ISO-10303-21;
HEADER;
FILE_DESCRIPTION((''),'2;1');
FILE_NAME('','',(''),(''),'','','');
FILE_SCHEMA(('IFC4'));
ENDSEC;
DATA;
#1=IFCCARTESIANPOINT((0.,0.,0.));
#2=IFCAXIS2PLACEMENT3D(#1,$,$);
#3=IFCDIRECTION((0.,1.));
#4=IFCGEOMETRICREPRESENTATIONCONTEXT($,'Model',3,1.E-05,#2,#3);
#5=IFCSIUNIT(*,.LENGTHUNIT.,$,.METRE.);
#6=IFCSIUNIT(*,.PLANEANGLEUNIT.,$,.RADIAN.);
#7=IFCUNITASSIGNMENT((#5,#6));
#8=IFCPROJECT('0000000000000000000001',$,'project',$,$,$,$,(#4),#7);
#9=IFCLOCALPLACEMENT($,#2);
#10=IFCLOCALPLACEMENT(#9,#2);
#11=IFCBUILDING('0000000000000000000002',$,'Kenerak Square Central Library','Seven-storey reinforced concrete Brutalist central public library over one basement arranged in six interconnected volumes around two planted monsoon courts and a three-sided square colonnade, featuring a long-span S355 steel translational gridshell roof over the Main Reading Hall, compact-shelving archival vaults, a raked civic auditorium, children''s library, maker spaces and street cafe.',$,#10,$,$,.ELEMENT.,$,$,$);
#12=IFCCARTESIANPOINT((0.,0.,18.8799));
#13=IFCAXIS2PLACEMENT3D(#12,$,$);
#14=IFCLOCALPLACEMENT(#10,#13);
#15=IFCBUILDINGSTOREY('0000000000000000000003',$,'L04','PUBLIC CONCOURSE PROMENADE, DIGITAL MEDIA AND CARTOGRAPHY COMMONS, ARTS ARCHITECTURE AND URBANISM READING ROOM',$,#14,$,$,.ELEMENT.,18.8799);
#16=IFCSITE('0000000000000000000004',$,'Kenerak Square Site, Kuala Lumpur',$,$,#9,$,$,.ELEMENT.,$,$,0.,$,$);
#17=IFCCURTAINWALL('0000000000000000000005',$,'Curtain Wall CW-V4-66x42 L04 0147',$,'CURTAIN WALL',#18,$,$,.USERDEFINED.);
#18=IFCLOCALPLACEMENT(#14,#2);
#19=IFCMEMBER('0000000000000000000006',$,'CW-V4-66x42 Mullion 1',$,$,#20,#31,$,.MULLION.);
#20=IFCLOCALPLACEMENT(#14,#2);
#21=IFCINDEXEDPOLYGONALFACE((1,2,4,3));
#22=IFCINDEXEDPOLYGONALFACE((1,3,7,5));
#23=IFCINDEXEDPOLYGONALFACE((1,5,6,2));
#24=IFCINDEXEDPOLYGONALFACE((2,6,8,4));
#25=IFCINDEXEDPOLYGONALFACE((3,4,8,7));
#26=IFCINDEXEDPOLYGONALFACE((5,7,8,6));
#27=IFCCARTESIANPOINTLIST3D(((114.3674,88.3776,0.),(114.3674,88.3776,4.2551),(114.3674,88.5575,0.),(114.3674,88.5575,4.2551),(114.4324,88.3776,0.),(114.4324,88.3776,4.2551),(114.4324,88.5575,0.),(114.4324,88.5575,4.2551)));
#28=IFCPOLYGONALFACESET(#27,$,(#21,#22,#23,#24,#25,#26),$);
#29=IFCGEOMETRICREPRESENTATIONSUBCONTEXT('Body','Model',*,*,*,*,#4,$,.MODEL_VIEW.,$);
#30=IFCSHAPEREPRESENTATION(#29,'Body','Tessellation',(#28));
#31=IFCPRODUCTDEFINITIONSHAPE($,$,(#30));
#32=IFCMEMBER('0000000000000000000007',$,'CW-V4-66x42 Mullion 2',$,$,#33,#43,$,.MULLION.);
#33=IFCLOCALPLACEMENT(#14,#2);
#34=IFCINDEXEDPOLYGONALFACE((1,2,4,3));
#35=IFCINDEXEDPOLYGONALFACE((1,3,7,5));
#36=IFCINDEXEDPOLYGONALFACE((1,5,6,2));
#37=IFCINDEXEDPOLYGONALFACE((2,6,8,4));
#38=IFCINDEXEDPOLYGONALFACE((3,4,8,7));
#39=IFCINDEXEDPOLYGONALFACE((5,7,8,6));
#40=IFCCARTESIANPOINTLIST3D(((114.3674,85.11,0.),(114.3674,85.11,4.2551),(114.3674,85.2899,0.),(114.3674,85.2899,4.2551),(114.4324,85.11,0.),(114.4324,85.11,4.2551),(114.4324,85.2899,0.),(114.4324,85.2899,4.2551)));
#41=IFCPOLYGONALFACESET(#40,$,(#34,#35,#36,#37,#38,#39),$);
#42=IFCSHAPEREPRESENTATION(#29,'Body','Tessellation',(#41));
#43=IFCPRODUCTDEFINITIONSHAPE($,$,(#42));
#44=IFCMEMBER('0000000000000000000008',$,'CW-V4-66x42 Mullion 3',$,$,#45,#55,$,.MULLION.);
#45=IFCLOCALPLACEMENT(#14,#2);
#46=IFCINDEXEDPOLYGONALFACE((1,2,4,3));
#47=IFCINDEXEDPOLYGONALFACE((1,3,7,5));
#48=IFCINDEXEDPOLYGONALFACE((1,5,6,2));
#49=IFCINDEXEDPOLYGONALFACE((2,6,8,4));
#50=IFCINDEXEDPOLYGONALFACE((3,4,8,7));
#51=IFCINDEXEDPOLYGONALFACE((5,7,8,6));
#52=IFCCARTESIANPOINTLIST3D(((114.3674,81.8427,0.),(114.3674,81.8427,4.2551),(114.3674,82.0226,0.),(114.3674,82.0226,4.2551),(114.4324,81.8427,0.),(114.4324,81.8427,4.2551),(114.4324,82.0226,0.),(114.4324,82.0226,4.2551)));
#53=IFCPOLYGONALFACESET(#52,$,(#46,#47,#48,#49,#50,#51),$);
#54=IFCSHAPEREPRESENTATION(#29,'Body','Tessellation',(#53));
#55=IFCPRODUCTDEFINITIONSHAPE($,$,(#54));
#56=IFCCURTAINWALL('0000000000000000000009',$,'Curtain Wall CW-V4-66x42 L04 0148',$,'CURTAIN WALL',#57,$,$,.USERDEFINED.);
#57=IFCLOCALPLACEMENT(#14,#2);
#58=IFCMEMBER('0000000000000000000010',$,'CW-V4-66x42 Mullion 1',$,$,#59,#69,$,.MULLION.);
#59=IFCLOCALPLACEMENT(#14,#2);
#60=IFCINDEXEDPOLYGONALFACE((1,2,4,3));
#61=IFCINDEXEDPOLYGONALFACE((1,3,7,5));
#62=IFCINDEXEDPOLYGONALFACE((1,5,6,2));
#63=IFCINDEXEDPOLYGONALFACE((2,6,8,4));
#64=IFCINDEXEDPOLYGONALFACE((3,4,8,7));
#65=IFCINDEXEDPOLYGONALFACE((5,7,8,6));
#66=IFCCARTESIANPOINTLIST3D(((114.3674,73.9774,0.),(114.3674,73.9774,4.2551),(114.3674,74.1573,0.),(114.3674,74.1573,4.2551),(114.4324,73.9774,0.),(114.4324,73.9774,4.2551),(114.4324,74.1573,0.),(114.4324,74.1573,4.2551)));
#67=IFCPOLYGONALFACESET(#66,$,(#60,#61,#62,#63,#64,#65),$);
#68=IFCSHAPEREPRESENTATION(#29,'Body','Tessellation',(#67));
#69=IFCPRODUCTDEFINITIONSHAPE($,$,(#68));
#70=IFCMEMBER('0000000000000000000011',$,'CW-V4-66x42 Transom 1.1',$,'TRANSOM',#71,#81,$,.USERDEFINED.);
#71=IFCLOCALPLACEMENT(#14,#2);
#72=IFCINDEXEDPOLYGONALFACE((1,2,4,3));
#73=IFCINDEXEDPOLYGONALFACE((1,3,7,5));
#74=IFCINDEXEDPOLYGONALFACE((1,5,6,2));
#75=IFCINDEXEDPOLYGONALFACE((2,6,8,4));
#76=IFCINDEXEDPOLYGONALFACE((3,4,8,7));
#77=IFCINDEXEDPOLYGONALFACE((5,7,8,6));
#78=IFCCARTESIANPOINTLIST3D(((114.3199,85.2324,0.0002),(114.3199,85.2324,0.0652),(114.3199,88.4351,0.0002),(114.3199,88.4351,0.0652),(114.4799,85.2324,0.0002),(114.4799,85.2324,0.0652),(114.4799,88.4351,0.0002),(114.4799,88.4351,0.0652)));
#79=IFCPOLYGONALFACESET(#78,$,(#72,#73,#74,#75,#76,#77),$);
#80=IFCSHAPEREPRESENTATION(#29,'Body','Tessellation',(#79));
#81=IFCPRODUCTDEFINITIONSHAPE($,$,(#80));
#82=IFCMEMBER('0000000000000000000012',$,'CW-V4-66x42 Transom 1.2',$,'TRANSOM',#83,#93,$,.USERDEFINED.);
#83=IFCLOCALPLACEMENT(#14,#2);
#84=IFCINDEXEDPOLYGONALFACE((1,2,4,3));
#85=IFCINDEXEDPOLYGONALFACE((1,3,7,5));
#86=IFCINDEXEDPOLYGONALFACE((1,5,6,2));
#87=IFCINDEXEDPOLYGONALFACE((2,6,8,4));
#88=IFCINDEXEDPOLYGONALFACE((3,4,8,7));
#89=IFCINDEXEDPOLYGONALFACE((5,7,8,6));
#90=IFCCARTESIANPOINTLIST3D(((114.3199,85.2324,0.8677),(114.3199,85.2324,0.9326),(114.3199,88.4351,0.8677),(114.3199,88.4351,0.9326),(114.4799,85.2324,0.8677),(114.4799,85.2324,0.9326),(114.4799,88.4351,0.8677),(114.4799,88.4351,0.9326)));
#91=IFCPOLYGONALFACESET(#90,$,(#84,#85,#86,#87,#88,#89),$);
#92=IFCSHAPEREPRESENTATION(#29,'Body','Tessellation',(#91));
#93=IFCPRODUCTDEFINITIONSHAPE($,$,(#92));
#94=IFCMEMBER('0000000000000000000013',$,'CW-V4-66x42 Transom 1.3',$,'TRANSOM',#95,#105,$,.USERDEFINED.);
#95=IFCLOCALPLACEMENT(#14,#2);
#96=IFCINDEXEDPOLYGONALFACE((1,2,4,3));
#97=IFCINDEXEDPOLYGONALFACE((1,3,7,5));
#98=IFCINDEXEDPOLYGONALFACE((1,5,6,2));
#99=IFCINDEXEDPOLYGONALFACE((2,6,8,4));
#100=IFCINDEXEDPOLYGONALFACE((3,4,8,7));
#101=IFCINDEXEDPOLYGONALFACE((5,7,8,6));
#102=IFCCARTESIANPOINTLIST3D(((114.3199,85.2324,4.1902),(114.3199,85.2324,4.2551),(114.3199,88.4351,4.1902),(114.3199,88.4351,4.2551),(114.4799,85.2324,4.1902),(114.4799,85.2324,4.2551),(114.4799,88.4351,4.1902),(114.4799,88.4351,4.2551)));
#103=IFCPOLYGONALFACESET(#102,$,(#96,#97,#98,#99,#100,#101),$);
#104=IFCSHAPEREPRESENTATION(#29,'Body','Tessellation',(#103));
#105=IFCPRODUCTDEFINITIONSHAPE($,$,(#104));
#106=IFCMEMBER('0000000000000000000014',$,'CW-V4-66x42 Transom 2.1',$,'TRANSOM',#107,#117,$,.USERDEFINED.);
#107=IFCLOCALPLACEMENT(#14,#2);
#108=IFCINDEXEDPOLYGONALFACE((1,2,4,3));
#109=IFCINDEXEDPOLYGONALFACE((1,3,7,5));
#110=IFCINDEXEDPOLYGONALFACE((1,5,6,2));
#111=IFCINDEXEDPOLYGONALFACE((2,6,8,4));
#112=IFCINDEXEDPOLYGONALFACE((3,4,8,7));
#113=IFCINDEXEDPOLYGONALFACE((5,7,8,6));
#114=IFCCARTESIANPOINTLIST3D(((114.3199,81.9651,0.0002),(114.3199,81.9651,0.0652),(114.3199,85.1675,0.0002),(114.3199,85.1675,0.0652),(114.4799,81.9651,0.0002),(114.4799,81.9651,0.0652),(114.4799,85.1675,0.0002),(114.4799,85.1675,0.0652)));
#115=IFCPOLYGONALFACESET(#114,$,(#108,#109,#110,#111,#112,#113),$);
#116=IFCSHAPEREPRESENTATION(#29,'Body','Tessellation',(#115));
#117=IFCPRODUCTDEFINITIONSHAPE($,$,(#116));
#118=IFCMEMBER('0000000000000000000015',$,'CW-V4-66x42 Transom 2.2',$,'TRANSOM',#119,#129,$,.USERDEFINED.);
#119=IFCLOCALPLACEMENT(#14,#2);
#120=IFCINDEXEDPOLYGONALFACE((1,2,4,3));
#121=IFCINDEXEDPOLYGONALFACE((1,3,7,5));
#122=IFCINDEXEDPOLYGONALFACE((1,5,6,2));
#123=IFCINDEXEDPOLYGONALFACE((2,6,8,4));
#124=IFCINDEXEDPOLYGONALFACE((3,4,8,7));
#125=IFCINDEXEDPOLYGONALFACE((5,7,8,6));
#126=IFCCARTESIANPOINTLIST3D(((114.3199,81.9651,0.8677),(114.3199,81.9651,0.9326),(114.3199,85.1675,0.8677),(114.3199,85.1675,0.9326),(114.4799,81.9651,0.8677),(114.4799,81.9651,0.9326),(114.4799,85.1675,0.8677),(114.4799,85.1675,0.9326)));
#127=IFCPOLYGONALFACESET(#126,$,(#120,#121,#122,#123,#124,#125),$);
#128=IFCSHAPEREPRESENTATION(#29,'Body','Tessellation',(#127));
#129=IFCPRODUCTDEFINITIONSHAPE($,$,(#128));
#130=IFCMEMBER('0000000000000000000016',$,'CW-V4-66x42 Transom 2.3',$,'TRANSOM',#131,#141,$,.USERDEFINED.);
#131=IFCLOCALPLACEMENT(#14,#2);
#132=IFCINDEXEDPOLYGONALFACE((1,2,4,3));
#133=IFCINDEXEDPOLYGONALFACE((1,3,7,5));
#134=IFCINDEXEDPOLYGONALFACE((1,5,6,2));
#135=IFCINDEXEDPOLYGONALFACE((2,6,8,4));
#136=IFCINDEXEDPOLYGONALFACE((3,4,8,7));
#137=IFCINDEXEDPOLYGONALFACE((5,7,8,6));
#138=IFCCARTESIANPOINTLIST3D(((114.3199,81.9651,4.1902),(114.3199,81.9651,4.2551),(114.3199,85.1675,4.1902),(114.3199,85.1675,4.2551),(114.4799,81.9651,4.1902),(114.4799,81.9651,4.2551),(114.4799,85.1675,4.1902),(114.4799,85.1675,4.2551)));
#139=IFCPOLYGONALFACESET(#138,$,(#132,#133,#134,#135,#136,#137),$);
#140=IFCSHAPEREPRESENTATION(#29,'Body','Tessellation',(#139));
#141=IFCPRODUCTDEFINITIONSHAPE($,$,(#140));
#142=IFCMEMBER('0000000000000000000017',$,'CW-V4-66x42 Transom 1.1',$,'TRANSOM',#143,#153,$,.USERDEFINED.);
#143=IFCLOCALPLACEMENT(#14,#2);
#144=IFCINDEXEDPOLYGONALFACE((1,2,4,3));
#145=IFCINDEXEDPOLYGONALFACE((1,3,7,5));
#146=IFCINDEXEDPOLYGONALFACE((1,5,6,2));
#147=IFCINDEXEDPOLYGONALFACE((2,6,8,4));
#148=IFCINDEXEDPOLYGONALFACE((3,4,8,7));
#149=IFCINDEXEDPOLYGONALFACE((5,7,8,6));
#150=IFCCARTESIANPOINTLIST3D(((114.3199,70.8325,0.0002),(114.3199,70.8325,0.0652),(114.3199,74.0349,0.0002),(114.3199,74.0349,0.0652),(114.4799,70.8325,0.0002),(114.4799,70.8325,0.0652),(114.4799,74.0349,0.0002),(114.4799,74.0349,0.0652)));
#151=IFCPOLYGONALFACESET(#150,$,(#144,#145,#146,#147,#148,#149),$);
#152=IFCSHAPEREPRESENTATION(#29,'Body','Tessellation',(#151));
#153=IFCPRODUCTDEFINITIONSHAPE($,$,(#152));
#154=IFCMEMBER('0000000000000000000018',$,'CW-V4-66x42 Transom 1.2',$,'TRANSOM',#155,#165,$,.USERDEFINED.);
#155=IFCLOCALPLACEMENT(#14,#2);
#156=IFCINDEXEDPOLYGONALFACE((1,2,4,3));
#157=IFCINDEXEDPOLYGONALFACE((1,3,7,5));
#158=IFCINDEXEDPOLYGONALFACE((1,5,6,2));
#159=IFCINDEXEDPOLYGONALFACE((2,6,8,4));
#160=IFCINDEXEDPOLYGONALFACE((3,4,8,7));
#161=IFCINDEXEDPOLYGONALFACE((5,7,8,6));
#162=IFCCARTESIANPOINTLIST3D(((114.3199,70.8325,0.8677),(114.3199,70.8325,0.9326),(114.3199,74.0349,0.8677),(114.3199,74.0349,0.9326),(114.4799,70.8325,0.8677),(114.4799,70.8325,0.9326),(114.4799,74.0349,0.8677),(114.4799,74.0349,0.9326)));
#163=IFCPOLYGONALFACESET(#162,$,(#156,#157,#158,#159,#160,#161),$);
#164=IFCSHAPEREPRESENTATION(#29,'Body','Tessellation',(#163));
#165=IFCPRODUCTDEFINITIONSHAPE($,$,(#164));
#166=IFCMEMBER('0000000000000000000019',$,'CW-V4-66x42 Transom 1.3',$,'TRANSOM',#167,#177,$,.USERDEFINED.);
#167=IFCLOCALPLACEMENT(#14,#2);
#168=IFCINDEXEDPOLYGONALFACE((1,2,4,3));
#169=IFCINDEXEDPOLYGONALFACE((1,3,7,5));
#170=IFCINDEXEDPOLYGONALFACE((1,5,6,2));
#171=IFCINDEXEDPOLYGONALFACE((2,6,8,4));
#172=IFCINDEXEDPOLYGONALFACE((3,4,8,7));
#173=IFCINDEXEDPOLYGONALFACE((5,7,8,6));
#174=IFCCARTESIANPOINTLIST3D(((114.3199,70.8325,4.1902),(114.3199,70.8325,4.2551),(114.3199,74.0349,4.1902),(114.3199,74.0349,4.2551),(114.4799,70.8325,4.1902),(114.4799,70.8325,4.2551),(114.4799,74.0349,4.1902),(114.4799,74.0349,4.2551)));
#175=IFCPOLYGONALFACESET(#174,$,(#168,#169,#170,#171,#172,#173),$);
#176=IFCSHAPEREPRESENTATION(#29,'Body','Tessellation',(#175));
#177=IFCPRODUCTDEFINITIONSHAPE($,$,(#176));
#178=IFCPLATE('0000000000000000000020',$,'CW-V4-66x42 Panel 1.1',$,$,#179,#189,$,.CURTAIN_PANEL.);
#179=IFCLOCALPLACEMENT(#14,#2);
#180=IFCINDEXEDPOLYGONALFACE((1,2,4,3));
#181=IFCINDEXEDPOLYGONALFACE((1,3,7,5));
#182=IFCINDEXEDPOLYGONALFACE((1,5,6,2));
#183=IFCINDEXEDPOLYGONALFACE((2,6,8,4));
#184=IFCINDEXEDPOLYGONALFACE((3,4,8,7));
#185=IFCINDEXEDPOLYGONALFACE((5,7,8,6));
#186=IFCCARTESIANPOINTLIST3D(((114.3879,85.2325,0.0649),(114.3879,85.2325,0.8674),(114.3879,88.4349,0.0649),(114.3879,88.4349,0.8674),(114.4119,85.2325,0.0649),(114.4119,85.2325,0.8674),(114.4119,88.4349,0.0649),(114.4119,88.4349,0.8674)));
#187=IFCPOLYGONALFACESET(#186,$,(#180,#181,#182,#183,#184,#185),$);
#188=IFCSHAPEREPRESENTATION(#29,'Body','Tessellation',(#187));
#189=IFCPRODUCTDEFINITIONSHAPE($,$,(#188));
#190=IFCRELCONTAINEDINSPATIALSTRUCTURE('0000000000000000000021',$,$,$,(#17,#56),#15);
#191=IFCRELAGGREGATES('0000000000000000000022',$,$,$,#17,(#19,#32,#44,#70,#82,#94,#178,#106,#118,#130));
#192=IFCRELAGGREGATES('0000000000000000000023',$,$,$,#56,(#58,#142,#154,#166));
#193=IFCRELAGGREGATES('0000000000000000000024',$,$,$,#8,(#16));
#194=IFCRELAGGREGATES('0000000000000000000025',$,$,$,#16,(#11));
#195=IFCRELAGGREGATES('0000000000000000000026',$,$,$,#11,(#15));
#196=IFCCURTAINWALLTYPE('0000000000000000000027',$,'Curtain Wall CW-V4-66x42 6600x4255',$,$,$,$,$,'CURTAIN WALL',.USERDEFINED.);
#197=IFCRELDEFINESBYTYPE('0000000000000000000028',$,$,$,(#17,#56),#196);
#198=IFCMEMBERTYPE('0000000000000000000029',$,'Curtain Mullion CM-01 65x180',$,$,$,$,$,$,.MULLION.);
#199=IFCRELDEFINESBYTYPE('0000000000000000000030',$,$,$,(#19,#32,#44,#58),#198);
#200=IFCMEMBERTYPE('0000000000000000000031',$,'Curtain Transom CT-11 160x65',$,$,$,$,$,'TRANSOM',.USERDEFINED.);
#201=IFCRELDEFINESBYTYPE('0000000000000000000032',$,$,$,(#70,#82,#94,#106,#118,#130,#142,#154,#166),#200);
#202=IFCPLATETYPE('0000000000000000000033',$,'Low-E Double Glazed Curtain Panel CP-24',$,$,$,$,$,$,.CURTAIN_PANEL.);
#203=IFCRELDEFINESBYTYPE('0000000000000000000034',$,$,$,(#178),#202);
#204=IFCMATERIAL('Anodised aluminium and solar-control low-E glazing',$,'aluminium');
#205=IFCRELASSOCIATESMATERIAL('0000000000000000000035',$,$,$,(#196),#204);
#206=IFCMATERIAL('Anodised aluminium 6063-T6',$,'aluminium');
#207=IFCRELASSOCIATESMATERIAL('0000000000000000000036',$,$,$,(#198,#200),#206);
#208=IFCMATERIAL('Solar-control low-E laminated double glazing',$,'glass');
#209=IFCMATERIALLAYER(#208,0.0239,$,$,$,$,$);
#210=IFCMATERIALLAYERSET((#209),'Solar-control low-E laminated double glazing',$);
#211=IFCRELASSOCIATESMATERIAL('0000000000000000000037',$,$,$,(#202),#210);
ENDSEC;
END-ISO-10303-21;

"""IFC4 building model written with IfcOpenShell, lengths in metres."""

from ifc_helpers import new_model, si_unit, direction, frame, origin, origin_2d, place, context, subcontext, project, spatial, rectangle, extrude, material, layer, layer_set, material_profile, profile_set, type_object, element, aggregate, save


model = new_model("IFC4")

# Units and contexts
model_context = context("Model", 3, precision=1e-05, world=origin(), true_north=direction((0.0, 1.0)))
body_context = subcontext(model_context, "Body", "Model", "MODEL_VIEW")
ifc_project = project(units=[si_unit("LENGTHUNIT", "METRE"), si_unit("PLANEANGLEUNIT", "RADIAN")], contexts=[model_context])

# Site, building, storey
site_placement = place(None, origin())
site = spatial("IfcSite", under=ifc_project, at=site_placement, Name="Kenerak Square Site, Kuala Lumpur", CompositionType="ELEMENT", RefElevation=0.0)
building_placement = place(site_placement, origin())
building = spatial("IfcBuilding", under=site, at=building_placement, Name="Kenerak Square Central Library", Description="Seven-storey reinforced concrete Brutalist central public library over one basement arranged in six interconnected volumes around two planted monsoon courts and a three-sided square colonnade, featuring a long-span S355 steel translational gridshell roof over the Main Reading Hall, compact-shelving archival vaults, a raked civic auditorium, children's library, maker spaces and street cafe.", CompositionType="ELEMENT")
storey_placement = place(building_placement, frame((0.0, 0.0, 18.8799)))
storey = spatial("IfcBuildingStorey", under=building, at=storey_placement, Name="L04", Description="PUBLIC CONCOURSE PROMENADE, DIGITAL MEDIA AND CARTOGRAPHY COMMONS, ARTS ARCHITECTURE AND URBANISM READING ROOM", CompositionType="ELEMENT", Elevation=18.8799)

# Curtain wall, members
ifc_material_1 = material(Name="Anodised aluminium and solar-control low-E glazing", Category="aluminium")
curtain_wall_type = type_object("IfcCurtainWallType", Name="Curtain Wall CW-V4-66x42 6600x4255", ElementType="CURTAIN WALL", PredefinedType="USERDEFINED", material=ifc_material_1)
curtain_wall_1_placement = place(storey_placement, origin())
curtain_wall_1 = element("IfcCurtainWall", 1, at=curtain_wall_1_placement, inside=storey, type_object=curtain_wall_type, Name="Curtain Wall CW-V4-66x42 L04 0147", ObjectType="CURTAIN WALL", PredefinedType="USERDEFINED")
ifc_material_2 = material(Name="Anodised aluminium 6063-T6", Category="aluminium")
ifc_material_profile_1 = material_profile(ifc_material_2, rectangle(XDim=0.0649, YDim=0.1799, at=origin_2d()), Name="AL MULLION 65x180")
ifc_profile_set_1 = profile_set([ifc_material_profile_1], Name="Anodised aluminium 6063-T6")
member_type_1 = type_object("IfcMemberType", Name="Curtain Mullion CM-01 65x180", PredefinedType="MULLION", material=ifc_profile_set_1)
member_1_placement = place(storey_placement, frame((114.3999, 88.4675, 0.0), z_axis=(0.0, 0.0, 1.0), x_axis=(1.0, 0.0, 0.0)))
member_1 = element("IfcMember", 2, at=member_1_placement, type_object=member_type_1, Name="CW-V4-66x42 Mullion 1", PredefinedType="MULLION", context=body_context, shape_type="SweptSolid", body=[
    extrude(rectangle(XDim=0.0649, YDim=0.1799, at=origin_2d()), origin(), (0.0, 0.0, 1.0), 4.2551),
])
member_2_placement = place(storey_placement, frame((114.3999, 85.2, 0.0), z_axis=(0.0, 0.0, 1.0), x_axis=(1.0, 0.0, 0.0)))
member_2 = element("IfcMember", 3, at=member_2_placement, type_object=member_type_1, Name="CW-V4-66x42 Mullion 2", PredefinedType="MULLION", context=body_context, shape_type="SweptSolid", body=[
    extrude(rectangle(XDim=0.0649, YDim=0.1799, at=origin_2d()), origin(), (0.0, 0.0, 1.0), 4.2551),
])
member_3_placement = place(storey_placement, frame((114.3999, 81.9326, 0.0), z_axis=(0.0, 0.0, 1.0), x_axis=(1.0, 0.0, 0.0)))
member_3 = element("IfcMember", 4, at=member_3_placement, type_object=member_type_1, Name="CW-V4-66x42 Mullion 3", PredefinedType="MULLION", context=body_context, shape_type="SweptSolid", body=[
    extrude(rectangle(XDim=0.0649, YDim=0.1799, at=origin_2d()), origin(), (0.0, 0.0, 1.0), 4.2551),
])

# Curtain wall, member
curtain_wall_2_placement = place(storey_placement, origin())
curtain_wall_2 = element("IfcCurtainWall", 5, at=curtain_wall_2_placement, inside=storey, type_object=curtain_wall_type, Name="Curtain Wall CW-V4-66x42 L04 0148", ObjectType="CURTAIN WALL", PredefinedType="USERDEFINED")
member_4_placement = place(storey_placement, frame((114.3999, 74.0674, 0.0), z_axis=(0.0, 0.0, 1.0), x_axis=(1.0, 0.0, 0.0)))
member_4 = element("IfcMember", 6, at=member_4_placement, type_object=member_type_1, Name="CW-V4-66x42 Mullion 1", PredefinedType="MULLION", context=body_context, shape_type="SweptSolid", body=[
    extrude(rectangle(XDim=0.0649, YDim=0.1799, at=origin_2d()), origin(), (0.0, 0.0, 1.0), 4.2551),
])

# Members
ifc_material_profile_2 = material_profile(ifc_material_2, rectangle(XDim=0.1599, YDim=0.0649, at=origin_2d()), Name="AL TRANSOM 160x65")
ifc_profile_set_2 = profile_set([ifc_material_profile_2], Name="Anodised aluminium 6063-T6")
member_type_2 = type_object("IfcMemberType", Name="Curtain Transom CT-11 160x65", ElementType="TRANSOM", PredefinedType="USERDEFINED", material=ifc_profile_set_2)
member_5_placement = place(storey_placement, frame((114.3999, 88.4351, 0.0327), z_axis=(0.0, -1.0, 0.0), x_axis=(1.0, 0.0, 0.0)))
member_5 = element("IfcMember", 7, at=member_5_placement, type_object=member_type_2, Name="CW-V4-66x42 Transom 1.1", ObjectType="TRANSOM", PredefinedType="USERDEFINED", context=body_context, shape_type="SweptSolid", body=[
    extrude(rectangle(XDim=0.1599, YDim=0.0649, at=origin_2d()), origin(), (0.0, 0.0, 1.0), 3.2026),
])
member_6_placement = place(storey_placement, frame((114.3999, 88.4351, 0.9001), z_axis=(0.0, -1.0, 0.0), x_axis=(1.0, 0.0, 0.0)))
member_6 = element("IfcMember", 8, at=member_6_placement, type_object=member_type_2, Name="CW-V4-66x42 Transom 1.2", ObjectType="TRANSOM", PredefinedType="USERDEFINED", context=body_context, shape_type="SweptSolid", body=[
    extrude(rectangle(XDim=0.1599, YDim=0.0649, at=origin_2d()), origin(), (0.0, 0.0, 1.0), 3.2026),
])
member_7_placement = place(storey_placement, frame((114.3999, 88.4351, 4.2227), z_axis=(0.0, -1.0, 0.0), x_axis=(1.0, 0.0, 0.0)))
member_7 = element("IfcMember", 9, at=member_7_placement, type_object=member_type_2, Name="CW-V4-66x42 Transom 1.3", ObjectType="TRANSOM", PredefinedType="USERDEFINED", context=body_context, shape_type="SweptSolid", body=[
    extrude(rectangle(XDim=0.1599, YDim=0.0649, at=origin_2d()), origin(), (0.0, 0.0, 1.0), 3.2026),
])
member_8_placement = place(storey_placement, frame((114.3999, 85.1675, 0.0327), z_axis=(0.0, -1.0, 0.0), x_axis=(1.0, 0.0, 0.0)))
member_8 = element("IfcMember", 10, at=member_8_placement, type_object=member_type_2, Name="CW-V4-66x42 Transom 2.1", ObjectType="TRANSOM", PredefinedType="USERDEFINED", context=body_context, shape_type="SweptSolid", body=[
    extrude(rectangle(XDim=0.1599, YDim=0.0649, at=origin_2d()), origin(), (0.0, 0.0, 1.0), 3.2024),
])
member_9_placement = place(storey_placement, frame((114.3999, 85.1675, 0.9001), z_axis=(0.0, -1.0, 0.0), x_axis=(1.0, 0.0, 0.0)))
member_9 = element("IfcMember", 11, at=member_9_placement, type_object=member_type_2, Name="CW-V4-66x42 Transom 2.2", ObjectType="TRANSOM", PredefinedType="USERDEFINED", context=body_context, shape_type="SweptSolid", body=[
    extrude(rectangle(XDim=0.1599, YDim=0.0649, at=origin_2d()), origin(), (0.0, 0.0, 1.0), 3.2024),
])
member_10_placement = place(storey_placement, frame((114.3999, 85.1675, 4.2227), z_axis=(0.0, -1.0, 0.0), x_axis=(1.0, 0.0, 0.0)))
member_10 = element("IfcMember", 12, at=member_10_placement, type_object=member_type_2, Name="CW-V4-66x42 Transom 2.3", ObjectType="TRANSOM", PredefinedType="USERDEFINED", context=body_context, shape_type="SweptSolid", body=[
    extrude(rectangle(XDim=0.1599, YDim=0.0649, at=origin_2d()), origin(), (0.0, 0.0, 1.0), 3.2024),
])
member_11_placement = place(storey_placement, frame((114.3999, 74.0349, 0.0327), z_axis=(0.0, -1.0, 0.0), x_axis=(1.0, 0.0, 0.0)))
member_11 = element("IfcMember", 13, at=member_11_placement, type_object=member_type_2, Name="CW-V4-66x42 Transom 1.1", ObjectType="TRANSOM", PredefinedType="USERDEFINED", context=body_context, shape_type="SweptSolid", body=[
    extrude(rectangle(XDim=0.1599, YDim=0.0649, at=origin_2d()), origin(), (0.0, 0.0, 1.0), 3.2024),
])
member_12_placement = place(storey_placement, frame((114.3999, 74.0349, 0.9001), z_axis=(0.0, -1.0, 0.0), x_axis=(1.0, 0.0, 0.0)))
member_12 = element("IfcMember", 14, at=member_12_placement, type_object=member_type_2, Name="CW-V4-66x42 Transom 1.2", ObjectType="TRANSOM", PredefinedType="USERDEFINED", context=body_context, shape_type="SweptSolid", body=[
    extrude(rectangle(XDim=0.1599, YDim=0.0649, at=origin_2d()), origin(), (0.0, 0.0, 1.0), 3.2024),
])
member_13_placement = place(storey_placement, frame((114.3999, 74.0349, 4.2227), z_axis=(0.0, -1.0, 0.0), x_axis=(1.0, 0.0, 0.0)))
member_13 = element("IfcMember", 15, at=member_13_placement, type_object=member_type_2, Name="CW-V4-66x42 Transom 1.3", ObjectType="TRANSOM", PredefinedType="USERDEFINED", context=body_context, shape_type="SweptSolid", body=[
    extrude(rectangle(XDim=0.1599, YDim=0.0649, at=origin_2d()), origin(), (0.0, 0.0, 1.0), 3.2024),
])

# Plate
ifc_material_3 = material(Name="Solar-control low-E laminated double glazing", Category="glass")
ifc_layer_1 = layer(ifc_material_3, 0.0239)
ifc_layer_set_1 = layer_set([ifc_layer_1], Name="Solar-control low-E laminated double glazing")
plate_type = type_object("IfcPlateType", Name="Low-E Double Glazed Curtain Panel CP-24", PredefinedType="CURTAIN_PANEL", material=ifc_layer_set_1)
plate_1_placement = place(storey_placement, frame((114.3999, 86.8337, 0.0649), z_axis=(0.0, 0.0, 1.0), x_axis=(0.0, -1.0, 0.0)))
plate_1 = element("IfcPlate", 16, at=plate_1_placement, type_object=plate_type, Name="CW-V4-66x42 Panel 1.1", PredefinedType="CURTAIN_PANEL", context=body_context, shape_type="SweptSolid", body=[
    extrude(rectangle(XDim=3.2024, YDim=0.0239, at=origin_2d()), origin(), (0.0, 0.0, 1.0), 0.8025),
])
aggregate(curtain_wall_1, [member_1, member_2, member_3, member_5, member_6, member_7, plate_1, member_8, member_9, member_10])
aggregate(curtain_wall_2, [member_4, member_11, member_12, member_13])

save(model, "model.ifc")
